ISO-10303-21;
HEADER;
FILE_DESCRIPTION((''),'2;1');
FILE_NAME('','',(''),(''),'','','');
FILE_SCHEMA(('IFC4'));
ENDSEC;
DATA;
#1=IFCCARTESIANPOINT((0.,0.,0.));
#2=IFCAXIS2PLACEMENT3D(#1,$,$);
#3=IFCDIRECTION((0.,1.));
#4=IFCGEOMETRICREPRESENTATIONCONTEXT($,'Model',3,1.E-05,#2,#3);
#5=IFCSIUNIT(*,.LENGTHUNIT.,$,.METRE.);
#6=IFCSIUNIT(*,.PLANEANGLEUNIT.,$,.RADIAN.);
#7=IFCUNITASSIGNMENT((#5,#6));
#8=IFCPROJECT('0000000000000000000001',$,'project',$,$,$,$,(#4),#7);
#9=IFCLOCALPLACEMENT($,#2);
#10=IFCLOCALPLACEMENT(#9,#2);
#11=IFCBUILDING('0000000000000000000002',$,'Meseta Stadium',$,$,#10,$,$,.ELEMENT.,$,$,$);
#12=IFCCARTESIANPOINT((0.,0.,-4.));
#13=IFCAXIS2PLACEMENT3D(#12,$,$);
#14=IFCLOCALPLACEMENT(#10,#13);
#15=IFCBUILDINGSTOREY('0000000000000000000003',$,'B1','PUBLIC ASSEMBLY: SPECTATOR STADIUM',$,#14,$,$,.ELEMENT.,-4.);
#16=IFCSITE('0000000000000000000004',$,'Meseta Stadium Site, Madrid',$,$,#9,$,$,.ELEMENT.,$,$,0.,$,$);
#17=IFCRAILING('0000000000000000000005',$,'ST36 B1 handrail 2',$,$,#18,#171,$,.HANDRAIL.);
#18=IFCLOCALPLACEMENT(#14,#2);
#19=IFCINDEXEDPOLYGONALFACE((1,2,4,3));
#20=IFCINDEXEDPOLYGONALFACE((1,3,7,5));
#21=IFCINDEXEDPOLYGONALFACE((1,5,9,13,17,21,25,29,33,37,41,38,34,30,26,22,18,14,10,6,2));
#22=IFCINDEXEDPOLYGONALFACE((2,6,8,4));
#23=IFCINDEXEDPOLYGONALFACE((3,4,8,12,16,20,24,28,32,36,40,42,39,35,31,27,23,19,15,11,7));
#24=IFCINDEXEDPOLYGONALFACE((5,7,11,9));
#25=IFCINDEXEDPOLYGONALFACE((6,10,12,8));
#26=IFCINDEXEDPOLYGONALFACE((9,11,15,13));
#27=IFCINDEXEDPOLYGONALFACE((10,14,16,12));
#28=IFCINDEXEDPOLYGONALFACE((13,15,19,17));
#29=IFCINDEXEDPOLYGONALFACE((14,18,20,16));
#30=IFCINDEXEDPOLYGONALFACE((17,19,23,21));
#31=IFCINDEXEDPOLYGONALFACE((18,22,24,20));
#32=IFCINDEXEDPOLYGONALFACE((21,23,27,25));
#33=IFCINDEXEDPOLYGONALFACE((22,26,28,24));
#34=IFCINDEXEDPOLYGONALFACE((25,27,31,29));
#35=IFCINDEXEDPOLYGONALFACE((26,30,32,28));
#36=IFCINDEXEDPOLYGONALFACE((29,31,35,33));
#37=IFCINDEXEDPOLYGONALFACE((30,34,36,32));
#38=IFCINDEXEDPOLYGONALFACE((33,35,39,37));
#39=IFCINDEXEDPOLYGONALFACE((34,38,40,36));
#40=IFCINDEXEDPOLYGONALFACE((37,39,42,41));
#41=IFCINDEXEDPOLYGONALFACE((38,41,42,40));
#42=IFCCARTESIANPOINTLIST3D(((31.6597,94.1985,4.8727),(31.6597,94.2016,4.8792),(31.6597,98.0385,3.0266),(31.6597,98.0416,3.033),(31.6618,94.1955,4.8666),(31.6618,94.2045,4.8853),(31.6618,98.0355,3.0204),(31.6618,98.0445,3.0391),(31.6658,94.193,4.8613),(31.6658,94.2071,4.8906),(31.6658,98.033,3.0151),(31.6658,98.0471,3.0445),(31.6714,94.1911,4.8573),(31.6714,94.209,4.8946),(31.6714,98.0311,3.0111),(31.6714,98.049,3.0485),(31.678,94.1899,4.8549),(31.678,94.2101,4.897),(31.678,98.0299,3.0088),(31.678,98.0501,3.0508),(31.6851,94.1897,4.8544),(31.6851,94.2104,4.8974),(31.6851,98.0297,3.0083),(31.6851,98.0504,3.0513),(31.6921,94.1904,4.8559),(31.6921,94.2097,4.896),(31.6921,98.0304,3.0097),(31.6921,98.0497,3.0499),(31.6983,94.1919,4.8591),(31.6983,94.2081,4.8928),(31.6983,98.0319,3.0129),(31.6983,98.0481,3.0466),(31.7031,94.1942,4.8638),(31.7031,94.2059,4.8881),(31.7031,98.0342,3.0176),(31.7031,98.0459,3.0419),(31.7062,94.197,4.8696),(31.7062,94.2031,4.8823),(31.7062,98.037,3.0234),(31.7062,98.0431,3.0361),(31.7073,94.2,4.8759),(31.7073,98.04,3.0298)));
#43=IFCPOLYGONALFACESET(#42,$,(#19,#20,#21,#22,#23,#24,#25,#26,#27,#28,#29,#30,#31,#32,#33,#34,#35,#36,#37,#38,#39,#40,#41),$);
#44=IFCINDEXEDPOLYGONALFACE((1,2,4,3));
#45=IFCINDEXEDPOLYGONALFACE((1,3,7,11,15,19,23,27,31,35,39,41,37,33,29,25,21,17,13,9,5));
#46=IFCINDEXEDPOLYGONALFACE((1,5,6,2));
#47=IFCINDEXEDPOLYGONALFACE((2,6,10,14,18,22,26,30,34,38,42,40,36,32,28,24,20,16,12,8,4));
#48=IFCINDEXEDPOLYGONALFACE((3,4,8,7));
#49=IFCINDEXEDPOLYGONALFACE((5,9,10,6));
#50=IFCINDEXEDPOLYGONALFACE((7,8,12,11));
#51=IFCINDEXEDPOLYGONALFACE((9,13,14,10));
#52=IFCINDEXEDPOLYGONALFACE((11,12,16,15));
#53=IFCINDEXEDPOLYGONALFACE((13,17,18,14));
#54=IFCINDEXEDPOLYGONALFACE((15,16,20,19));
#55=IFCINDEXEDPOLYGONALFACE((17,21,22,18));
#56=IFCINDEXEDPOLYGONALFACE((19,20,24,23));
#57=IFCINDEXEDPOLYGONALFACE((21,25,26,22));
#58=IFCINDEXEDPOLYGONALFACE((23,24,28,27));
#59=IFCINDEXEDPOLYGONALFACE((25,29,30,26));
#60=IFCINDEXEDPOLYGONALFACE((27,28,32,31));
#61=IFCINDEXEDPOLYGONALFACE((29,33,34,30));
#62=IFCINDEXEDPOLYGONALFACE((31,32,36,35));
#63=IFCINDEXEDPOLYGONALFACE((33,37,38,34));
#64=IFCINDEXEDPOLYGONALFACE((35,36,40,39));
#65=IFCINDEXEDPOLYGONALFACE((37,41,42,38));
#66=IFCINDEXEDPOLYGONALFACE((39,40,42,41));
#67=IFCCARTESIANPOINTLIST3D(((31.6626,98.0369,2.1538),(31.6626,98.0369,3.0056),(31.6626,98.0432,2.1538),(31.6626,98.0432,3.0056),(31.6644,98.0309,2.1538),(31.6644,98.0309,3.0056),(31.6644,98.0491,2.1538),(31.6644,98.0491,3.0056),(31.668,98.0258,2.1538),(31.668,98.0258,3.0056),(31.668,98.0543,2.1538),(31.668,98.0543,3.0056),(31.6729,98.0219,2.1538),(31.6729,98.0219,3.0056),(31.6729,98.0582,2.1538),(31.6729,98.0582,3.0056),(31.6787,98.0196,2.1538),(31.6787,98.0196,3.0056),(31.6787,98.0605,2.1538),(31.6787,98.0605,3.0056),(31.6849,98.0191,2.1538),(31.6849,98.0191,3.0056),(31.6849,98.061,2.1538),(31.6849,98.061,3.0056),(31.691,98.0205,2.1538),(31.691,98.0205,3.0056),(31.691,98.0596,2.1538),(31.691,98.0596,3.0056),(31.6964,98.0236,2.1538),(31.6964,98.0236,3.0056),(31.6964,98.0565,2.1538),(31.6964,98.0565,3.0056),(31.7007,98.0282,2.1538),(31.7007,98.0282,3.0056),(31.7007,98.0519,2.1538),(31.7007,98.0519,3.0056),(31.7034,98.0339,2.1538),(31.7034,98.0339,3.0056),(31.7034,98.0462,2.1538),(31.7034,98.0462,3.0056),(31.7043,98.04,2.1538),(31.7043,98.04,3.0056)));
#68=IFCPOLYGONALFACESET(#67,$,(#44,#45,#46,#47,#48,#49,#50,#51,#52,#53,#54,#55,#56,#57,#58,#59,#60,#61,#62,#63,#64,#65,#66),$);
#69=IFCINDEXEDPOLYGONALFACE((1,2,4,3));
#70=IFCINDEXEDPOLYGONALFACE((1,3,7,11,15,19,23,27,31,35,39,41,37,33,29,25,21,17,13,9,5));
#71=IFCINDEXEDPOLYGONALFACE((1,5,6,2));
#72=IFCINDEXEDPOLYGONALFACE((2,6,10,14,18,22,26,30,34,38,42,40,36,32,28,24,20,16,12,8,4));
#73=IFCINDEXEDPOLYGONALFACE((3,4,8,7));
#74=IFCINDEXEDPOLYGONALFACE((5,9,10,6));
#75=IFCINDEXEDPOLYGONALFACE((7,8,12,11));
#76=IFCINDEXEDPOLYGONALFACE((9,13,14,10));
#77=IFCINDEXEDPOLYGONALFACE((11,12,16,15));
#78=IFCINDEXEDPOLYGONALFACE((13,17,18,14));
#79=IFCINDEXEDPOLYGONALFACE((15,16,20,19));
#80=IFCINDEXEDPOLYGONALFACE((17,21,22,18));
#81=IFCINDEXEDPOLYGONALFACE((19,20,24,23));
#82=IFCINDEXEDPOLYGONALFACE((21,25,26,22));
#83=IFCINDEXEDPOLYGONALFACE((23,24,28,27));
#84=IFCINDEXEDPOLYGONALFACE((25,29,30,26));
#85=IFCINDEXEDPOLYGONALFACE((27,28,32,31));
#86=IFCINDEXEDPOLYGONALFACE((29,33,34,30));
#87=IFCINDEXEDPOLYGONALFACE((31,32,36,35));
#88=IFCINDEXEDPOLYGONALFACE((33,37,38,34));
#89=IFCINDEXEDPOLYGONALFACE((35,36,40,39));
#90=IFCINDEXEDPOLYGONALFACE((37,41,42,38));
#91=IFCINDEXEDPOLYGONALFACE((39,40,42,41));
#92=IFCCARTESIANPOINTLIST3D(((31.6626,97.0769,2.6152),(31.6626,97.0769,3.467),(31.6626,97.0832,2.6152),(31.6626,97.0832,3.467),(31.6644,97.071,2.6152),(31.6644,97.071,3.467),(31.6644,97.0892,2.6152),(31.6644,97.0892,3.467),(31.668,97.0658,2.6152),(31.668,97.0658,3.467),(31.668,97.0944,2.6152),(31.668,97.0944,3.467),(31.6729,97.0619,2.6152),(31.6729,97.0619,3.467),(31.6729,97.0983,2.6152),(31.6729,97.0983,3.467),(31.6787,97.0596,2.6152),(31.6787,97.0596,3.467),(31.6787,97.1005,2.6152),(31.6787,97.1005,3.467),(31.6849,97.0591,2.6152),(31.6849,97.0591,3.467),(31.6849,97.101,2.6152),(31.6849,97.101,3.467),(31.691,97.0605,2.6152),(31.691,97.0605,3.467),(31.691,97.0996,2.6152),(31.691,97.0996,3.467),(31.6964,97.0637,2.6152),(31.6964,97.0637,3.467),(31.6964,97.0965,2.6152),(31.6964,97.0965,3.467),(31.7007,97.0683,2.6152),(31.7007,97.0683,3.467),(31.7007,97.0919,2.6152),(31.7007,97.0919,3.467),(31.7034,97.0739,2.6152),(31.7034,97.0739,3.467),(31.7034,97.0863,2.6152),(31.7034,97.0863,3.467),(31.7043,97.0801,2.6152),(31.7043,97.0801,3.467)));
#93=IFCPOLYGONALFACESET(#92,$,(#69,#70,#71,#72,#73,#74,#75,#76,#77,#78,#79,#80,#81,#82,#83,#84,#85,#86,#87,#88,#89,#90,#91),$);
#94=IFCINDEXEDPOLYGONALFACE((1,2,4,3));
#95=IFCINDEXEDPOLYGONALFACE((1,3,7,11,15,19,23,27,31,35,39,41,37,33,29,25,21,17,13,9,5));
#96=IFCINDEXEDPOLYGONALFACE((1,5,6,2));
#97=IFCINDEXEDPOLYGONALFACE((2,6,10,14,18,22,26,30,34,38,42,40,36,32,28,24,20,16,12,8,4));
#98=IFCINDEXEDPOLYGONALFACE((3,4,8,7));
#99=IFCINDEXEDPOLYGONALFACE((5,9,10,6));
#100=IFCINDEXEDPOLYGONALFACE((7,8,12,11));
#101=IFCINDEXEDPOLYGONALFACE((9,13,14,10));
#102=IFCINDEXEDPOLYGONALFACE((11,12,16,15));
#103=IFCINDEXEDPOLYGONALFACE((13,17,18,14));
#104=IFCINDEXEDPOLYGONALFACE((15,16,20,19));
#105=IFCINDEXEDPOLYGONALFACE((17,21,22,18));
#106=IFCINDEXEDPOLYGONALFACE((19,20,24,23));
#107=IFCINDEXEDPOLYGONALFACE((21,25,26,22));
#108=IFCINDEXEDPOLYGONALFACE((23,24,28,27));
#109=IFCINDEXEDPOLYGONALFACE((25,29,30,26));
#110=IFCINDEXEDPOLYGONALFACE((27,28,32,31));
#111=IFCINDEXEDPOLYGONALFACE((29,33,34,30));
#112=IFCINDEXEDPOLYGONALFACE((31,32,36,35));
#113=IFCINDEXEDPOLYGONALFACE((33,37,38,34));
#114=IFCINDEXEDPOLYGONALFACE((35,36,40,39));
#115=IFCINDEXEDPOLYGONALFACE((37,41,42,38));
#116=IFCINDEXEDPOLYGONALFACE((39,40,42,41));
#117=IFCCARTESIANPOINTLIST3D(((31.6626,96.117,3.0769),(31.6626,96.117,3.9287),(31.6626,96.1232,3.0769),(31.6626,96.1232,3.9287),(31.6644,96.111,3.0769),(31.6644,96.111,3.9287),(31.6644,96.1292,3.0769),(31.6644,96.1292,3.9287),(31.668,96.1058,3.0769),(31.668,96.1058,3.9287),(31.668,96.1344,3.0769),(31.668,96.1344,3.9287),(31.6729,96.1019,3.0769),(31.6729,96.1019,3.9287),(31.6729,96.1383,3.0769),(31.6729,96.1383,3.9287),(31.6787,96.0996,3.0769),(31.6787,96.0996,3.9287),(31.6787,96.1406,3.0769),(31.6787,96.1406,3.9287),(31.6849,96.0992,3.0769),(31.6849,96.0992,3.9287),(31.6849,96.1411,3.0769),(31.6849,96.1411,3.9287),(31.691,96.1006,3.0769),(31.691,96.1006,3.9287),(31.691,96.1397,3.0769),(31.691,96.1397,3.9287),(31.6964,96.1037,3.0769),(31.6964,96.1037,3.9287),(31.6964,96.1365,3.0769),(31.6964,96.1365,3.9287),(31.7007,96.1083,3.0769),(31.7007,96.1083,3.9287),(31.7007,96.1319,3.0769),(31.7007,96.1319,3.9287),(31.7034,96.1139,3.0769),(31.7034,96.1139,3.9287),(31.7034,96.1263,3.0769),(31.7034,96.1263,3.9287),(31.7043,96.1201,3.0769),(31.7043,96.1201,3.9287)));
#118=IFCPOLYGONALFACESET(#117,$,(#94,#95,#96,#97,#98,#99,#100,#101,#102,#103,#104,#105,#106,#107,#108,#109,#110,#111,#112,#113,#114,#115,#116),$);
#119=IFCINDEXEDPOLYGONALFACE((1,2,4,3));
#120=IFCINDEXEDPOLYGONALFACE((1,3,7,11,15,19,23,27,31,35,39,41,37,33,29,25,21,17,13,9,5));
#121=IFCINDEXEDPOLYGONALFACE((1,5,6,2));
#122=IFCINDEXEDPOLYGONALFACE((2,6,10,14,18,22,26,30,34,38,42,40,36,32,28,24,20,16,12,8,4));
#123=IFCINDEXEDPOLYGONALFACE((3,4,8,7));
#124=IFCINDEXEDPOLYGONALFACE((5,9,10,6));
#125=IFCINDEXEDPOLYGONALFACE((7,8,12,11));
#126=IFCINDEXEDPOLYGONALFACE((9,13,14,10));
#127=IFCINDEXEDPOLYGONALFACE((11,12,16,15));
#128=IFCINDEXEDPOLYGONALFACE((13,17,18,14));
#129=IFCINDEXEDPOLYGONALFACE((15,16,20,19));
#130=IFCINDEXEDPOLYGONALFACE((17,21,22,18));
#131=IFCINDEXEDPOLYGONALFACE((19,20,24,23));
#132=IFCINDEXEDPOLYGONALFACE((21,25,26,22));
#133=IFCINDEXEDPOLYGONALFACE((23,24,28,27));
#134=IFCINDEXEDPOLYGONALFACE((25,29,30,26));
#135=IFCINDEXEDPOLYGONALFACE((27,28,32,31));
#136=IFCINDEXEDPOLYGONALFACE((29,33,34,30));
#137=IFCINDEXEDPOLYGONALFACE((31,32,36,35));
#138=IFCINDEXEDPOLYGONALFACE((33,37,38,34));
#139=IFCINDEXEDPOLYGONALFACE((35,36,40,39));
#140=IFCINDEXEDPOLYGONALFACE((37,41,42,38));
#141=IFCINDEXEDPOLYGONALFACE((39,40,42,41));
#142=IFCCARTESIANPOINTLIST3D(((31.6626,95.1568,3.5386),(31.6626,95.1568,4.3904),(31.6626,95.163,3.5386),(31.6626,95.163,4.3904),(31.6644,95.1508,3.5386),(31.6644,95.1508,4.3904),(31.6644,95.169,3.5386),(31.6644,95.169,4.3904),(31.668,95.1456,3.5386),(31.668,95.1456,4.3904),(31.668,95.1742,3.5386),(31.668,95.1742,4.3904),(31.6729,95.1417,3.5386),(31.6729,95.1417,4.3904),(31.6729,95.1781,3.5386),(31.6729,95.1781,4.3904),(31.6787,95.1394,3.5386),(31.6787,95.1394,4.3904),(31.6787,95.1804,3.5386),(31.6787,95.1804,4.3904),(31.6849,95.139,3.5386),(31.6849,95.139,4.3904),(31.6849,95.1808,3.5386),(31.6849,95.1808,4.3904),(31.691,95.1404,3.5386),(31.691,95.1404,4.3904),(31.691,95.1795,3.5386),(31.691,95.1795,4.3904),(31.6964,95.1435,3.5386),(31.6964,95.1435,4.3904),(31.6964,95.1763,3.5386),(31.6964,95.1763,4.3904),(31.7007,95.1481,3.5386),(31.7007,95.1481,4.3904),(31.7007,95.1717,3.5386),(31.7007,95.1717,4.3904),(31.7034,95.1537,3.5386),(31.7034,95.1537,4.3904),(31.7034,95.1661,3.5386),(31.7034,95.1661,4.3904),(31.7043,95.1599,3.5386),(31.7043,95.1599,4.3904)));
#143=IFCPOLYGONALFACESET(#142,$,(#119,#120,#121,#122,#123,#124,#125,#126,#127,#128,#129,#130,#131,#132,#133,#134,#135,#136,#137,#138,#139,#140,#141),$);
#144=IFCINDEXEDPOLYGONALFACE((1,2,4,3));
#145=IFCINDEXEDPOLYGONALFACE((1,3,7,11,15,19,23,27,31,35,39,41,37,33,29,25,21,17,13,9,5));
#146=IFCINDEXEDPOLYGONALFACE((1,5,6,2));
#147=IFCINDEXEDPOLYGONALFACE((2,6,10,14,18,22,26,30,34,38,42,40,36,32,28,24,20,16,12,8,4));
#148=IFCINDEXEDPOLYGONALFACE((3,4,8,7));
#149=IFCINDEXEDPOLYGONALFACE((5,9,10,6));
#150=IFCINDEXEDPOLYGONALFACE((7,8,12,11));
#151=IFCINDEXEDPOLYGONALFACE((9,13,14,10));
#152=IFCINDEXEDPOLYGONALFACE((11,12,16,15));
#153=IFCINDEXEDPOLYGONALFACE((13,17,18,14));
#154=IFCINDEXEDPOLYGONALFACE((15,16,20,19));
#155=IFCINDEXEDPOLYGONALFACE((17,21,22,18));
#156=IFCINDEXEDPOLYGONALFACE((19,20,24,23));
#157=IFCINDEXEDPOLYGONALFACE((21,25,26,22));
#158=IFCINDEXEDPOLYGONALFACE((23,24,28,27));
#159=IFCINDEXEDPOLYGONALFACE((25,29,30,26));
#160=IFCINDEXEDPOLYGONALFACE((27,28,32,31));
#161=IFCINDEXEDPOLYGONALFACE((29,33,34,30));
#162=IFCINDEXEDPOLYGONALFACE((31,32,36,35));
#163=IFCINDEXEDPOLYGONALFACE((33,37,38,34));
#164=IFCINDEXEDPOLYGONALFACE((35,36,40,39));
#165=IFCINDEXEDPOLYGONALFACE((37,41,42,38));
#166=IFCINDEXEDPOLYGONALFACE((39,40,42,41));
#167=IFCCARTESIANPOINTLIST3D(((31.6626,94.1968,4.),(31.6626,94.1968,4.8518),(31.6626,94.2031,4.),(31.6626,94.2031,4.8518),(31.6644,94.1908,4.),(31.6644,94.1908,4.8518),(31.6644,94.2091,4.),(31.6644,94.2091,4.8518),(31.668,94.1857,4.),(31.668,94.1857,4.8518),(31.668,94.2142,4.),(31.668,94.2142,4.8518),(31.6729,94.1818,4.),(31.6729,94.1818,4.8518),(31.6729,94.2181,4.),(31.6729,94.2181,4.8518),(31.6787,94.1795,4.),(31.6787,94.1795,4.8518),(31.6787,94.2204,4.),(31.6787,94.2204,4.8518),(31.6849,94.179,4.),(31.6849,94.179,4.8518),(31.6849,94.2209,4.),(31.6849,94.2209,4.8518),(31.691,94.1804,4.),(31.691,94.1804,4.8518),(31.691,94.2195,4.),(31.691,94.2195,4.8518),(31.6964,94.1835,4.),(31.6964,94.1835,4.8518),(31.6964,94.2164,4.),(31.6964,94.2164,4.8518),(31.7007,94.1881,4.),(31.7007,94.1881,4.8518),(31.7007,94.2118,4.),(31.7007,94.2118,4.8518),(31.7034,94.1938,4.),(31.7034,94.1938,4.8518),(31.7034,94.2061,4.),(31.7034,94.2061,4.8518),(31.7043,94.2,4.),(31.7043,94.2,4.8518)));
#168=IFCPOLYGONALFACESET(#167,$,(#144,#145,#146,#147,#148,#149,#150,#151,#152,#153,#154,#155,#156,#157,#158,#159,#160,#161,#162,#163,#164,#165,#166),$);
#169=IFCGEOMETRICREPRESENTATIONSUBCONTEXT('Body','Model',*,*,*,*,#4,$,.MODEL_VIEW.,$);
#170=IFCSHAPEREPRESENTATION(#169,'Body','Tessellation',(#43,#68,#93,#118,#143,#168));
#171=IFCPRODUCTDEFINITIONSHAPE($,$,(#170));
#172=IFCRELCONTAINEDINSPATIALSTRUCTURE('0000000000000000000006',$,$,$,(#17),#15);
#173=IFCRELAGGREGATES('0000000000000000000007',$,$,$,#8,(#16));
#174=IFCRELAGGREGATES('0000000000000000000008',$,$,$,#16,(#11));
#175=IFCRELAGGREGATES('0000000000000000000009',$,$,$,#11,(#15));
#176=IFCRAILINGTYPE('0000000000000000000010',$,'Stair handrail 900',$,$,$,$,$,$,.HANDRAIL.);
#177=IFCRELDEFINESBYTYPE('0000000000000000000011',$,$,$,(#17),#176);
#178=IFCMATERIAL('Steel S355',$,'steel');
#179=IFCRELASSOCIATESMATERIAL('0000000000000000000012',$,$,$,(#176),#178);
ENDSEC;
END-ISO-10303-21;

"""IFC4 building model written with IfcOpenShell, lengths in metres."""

from ifc_helpers import new_model, si_unit, direction, frame, origin, origin_2d, place, context, subcontext, project, spatial, circle, extrude, material, type_object, element, save


model = new_model("IFC4")

# Units and contexts
model_context = context("Model", 3, precision=1e-05, world=origin(), true_north=direction((0.0, 1.0)))
body_context = subcontext(model_context, "Body", "Model", "MODEL_VIEW")
ifc_project = project(units=[si_unit("LENGTHUNIT", "METRE"), si_unit("PLANEANGLEUNIT", "RADIAN")], contexts=[model_context])

# Site, building, storey
site_placement = place(None, origin())
site = spatial("IfcSite", under=ifc_project, at=site_placement, Name="Meseta Stadium Site, Madrid", CompositionType="ELEMENT", RefElevation=0.0)
building_placement = place(site_placement, origin())
building = spatial("IfcBuilding", under=site, at=building_placement, Name="Meseta Stadium", CompositionType="ELEMENT")
storey_placement = place(building_placement, frame((0.0, 0.0, -4.0)))
storey = spatial("IfcBuildingStorey", under=building, at=storey_placement, Name="B1", Description="PUBLIC ASSEMBLY: SPECTATOR STADIUM", CompositionType="ELEMENT", Elevation=-4.0)

# Railing
ifc_material_1 = material(Name="Steel S355", Category="steel")
railing_type_1 = type_object("IfcRailingType", Name="Stair handrail 900", PredefinedType="HANDRAIL", material=ifc_material_1)
for number, where, name in (
    (1, (31.6833, 98.04, 2.1538), "ST36 B1 handrail 2"),
):
    element("IfcRailing", number, at=place(storey_placement, frame(where)), inside=storey, type_object=railing_type_1, Name=name, PredefinedType="HANDRAIL", context=body_context, shape_type="SweptSolid", body=[
        extrude(circle(Radius=0.0239, at=origin_2d()), frame((0.0, 0.0, 0.876), z_axis=(0.0, -0.901253, 0.433294), x_axis=(1.0, 0.0, 0.0)), (0.0, 0.0, 1.0), 4.2607),
        extrude(circle(Radius=0.021, at=origin_2d()), origin(), (0.0, 0.0, 1.0), 0.8518),
        extrude(circle(Radius=0.021, at=origin_2d()), frame((0.0, -0.96, 0.4614)), (0.0, 0.0, 1.0), 0.8518),
        extrude(circle(Radius=0.021, at=origin_2d()), frame((0.0, -1.9199, 0.9231)), (0.0, 0.0, 1.0), 0.8518),
        extrude(circle(Radius=0.021, at=origin_2d()), frame((0.0, -2.8801, 1.3848)), (0.0, 0.0, 1.0), 0.8518),
        extrude(circle(Radius=0.021, at=origin_2d()), frame((0.0, -3.8401, 1.8462)), (0.0, 0.0, 1.0), 0.8518),
    ])

save(model, "model.ifc")
